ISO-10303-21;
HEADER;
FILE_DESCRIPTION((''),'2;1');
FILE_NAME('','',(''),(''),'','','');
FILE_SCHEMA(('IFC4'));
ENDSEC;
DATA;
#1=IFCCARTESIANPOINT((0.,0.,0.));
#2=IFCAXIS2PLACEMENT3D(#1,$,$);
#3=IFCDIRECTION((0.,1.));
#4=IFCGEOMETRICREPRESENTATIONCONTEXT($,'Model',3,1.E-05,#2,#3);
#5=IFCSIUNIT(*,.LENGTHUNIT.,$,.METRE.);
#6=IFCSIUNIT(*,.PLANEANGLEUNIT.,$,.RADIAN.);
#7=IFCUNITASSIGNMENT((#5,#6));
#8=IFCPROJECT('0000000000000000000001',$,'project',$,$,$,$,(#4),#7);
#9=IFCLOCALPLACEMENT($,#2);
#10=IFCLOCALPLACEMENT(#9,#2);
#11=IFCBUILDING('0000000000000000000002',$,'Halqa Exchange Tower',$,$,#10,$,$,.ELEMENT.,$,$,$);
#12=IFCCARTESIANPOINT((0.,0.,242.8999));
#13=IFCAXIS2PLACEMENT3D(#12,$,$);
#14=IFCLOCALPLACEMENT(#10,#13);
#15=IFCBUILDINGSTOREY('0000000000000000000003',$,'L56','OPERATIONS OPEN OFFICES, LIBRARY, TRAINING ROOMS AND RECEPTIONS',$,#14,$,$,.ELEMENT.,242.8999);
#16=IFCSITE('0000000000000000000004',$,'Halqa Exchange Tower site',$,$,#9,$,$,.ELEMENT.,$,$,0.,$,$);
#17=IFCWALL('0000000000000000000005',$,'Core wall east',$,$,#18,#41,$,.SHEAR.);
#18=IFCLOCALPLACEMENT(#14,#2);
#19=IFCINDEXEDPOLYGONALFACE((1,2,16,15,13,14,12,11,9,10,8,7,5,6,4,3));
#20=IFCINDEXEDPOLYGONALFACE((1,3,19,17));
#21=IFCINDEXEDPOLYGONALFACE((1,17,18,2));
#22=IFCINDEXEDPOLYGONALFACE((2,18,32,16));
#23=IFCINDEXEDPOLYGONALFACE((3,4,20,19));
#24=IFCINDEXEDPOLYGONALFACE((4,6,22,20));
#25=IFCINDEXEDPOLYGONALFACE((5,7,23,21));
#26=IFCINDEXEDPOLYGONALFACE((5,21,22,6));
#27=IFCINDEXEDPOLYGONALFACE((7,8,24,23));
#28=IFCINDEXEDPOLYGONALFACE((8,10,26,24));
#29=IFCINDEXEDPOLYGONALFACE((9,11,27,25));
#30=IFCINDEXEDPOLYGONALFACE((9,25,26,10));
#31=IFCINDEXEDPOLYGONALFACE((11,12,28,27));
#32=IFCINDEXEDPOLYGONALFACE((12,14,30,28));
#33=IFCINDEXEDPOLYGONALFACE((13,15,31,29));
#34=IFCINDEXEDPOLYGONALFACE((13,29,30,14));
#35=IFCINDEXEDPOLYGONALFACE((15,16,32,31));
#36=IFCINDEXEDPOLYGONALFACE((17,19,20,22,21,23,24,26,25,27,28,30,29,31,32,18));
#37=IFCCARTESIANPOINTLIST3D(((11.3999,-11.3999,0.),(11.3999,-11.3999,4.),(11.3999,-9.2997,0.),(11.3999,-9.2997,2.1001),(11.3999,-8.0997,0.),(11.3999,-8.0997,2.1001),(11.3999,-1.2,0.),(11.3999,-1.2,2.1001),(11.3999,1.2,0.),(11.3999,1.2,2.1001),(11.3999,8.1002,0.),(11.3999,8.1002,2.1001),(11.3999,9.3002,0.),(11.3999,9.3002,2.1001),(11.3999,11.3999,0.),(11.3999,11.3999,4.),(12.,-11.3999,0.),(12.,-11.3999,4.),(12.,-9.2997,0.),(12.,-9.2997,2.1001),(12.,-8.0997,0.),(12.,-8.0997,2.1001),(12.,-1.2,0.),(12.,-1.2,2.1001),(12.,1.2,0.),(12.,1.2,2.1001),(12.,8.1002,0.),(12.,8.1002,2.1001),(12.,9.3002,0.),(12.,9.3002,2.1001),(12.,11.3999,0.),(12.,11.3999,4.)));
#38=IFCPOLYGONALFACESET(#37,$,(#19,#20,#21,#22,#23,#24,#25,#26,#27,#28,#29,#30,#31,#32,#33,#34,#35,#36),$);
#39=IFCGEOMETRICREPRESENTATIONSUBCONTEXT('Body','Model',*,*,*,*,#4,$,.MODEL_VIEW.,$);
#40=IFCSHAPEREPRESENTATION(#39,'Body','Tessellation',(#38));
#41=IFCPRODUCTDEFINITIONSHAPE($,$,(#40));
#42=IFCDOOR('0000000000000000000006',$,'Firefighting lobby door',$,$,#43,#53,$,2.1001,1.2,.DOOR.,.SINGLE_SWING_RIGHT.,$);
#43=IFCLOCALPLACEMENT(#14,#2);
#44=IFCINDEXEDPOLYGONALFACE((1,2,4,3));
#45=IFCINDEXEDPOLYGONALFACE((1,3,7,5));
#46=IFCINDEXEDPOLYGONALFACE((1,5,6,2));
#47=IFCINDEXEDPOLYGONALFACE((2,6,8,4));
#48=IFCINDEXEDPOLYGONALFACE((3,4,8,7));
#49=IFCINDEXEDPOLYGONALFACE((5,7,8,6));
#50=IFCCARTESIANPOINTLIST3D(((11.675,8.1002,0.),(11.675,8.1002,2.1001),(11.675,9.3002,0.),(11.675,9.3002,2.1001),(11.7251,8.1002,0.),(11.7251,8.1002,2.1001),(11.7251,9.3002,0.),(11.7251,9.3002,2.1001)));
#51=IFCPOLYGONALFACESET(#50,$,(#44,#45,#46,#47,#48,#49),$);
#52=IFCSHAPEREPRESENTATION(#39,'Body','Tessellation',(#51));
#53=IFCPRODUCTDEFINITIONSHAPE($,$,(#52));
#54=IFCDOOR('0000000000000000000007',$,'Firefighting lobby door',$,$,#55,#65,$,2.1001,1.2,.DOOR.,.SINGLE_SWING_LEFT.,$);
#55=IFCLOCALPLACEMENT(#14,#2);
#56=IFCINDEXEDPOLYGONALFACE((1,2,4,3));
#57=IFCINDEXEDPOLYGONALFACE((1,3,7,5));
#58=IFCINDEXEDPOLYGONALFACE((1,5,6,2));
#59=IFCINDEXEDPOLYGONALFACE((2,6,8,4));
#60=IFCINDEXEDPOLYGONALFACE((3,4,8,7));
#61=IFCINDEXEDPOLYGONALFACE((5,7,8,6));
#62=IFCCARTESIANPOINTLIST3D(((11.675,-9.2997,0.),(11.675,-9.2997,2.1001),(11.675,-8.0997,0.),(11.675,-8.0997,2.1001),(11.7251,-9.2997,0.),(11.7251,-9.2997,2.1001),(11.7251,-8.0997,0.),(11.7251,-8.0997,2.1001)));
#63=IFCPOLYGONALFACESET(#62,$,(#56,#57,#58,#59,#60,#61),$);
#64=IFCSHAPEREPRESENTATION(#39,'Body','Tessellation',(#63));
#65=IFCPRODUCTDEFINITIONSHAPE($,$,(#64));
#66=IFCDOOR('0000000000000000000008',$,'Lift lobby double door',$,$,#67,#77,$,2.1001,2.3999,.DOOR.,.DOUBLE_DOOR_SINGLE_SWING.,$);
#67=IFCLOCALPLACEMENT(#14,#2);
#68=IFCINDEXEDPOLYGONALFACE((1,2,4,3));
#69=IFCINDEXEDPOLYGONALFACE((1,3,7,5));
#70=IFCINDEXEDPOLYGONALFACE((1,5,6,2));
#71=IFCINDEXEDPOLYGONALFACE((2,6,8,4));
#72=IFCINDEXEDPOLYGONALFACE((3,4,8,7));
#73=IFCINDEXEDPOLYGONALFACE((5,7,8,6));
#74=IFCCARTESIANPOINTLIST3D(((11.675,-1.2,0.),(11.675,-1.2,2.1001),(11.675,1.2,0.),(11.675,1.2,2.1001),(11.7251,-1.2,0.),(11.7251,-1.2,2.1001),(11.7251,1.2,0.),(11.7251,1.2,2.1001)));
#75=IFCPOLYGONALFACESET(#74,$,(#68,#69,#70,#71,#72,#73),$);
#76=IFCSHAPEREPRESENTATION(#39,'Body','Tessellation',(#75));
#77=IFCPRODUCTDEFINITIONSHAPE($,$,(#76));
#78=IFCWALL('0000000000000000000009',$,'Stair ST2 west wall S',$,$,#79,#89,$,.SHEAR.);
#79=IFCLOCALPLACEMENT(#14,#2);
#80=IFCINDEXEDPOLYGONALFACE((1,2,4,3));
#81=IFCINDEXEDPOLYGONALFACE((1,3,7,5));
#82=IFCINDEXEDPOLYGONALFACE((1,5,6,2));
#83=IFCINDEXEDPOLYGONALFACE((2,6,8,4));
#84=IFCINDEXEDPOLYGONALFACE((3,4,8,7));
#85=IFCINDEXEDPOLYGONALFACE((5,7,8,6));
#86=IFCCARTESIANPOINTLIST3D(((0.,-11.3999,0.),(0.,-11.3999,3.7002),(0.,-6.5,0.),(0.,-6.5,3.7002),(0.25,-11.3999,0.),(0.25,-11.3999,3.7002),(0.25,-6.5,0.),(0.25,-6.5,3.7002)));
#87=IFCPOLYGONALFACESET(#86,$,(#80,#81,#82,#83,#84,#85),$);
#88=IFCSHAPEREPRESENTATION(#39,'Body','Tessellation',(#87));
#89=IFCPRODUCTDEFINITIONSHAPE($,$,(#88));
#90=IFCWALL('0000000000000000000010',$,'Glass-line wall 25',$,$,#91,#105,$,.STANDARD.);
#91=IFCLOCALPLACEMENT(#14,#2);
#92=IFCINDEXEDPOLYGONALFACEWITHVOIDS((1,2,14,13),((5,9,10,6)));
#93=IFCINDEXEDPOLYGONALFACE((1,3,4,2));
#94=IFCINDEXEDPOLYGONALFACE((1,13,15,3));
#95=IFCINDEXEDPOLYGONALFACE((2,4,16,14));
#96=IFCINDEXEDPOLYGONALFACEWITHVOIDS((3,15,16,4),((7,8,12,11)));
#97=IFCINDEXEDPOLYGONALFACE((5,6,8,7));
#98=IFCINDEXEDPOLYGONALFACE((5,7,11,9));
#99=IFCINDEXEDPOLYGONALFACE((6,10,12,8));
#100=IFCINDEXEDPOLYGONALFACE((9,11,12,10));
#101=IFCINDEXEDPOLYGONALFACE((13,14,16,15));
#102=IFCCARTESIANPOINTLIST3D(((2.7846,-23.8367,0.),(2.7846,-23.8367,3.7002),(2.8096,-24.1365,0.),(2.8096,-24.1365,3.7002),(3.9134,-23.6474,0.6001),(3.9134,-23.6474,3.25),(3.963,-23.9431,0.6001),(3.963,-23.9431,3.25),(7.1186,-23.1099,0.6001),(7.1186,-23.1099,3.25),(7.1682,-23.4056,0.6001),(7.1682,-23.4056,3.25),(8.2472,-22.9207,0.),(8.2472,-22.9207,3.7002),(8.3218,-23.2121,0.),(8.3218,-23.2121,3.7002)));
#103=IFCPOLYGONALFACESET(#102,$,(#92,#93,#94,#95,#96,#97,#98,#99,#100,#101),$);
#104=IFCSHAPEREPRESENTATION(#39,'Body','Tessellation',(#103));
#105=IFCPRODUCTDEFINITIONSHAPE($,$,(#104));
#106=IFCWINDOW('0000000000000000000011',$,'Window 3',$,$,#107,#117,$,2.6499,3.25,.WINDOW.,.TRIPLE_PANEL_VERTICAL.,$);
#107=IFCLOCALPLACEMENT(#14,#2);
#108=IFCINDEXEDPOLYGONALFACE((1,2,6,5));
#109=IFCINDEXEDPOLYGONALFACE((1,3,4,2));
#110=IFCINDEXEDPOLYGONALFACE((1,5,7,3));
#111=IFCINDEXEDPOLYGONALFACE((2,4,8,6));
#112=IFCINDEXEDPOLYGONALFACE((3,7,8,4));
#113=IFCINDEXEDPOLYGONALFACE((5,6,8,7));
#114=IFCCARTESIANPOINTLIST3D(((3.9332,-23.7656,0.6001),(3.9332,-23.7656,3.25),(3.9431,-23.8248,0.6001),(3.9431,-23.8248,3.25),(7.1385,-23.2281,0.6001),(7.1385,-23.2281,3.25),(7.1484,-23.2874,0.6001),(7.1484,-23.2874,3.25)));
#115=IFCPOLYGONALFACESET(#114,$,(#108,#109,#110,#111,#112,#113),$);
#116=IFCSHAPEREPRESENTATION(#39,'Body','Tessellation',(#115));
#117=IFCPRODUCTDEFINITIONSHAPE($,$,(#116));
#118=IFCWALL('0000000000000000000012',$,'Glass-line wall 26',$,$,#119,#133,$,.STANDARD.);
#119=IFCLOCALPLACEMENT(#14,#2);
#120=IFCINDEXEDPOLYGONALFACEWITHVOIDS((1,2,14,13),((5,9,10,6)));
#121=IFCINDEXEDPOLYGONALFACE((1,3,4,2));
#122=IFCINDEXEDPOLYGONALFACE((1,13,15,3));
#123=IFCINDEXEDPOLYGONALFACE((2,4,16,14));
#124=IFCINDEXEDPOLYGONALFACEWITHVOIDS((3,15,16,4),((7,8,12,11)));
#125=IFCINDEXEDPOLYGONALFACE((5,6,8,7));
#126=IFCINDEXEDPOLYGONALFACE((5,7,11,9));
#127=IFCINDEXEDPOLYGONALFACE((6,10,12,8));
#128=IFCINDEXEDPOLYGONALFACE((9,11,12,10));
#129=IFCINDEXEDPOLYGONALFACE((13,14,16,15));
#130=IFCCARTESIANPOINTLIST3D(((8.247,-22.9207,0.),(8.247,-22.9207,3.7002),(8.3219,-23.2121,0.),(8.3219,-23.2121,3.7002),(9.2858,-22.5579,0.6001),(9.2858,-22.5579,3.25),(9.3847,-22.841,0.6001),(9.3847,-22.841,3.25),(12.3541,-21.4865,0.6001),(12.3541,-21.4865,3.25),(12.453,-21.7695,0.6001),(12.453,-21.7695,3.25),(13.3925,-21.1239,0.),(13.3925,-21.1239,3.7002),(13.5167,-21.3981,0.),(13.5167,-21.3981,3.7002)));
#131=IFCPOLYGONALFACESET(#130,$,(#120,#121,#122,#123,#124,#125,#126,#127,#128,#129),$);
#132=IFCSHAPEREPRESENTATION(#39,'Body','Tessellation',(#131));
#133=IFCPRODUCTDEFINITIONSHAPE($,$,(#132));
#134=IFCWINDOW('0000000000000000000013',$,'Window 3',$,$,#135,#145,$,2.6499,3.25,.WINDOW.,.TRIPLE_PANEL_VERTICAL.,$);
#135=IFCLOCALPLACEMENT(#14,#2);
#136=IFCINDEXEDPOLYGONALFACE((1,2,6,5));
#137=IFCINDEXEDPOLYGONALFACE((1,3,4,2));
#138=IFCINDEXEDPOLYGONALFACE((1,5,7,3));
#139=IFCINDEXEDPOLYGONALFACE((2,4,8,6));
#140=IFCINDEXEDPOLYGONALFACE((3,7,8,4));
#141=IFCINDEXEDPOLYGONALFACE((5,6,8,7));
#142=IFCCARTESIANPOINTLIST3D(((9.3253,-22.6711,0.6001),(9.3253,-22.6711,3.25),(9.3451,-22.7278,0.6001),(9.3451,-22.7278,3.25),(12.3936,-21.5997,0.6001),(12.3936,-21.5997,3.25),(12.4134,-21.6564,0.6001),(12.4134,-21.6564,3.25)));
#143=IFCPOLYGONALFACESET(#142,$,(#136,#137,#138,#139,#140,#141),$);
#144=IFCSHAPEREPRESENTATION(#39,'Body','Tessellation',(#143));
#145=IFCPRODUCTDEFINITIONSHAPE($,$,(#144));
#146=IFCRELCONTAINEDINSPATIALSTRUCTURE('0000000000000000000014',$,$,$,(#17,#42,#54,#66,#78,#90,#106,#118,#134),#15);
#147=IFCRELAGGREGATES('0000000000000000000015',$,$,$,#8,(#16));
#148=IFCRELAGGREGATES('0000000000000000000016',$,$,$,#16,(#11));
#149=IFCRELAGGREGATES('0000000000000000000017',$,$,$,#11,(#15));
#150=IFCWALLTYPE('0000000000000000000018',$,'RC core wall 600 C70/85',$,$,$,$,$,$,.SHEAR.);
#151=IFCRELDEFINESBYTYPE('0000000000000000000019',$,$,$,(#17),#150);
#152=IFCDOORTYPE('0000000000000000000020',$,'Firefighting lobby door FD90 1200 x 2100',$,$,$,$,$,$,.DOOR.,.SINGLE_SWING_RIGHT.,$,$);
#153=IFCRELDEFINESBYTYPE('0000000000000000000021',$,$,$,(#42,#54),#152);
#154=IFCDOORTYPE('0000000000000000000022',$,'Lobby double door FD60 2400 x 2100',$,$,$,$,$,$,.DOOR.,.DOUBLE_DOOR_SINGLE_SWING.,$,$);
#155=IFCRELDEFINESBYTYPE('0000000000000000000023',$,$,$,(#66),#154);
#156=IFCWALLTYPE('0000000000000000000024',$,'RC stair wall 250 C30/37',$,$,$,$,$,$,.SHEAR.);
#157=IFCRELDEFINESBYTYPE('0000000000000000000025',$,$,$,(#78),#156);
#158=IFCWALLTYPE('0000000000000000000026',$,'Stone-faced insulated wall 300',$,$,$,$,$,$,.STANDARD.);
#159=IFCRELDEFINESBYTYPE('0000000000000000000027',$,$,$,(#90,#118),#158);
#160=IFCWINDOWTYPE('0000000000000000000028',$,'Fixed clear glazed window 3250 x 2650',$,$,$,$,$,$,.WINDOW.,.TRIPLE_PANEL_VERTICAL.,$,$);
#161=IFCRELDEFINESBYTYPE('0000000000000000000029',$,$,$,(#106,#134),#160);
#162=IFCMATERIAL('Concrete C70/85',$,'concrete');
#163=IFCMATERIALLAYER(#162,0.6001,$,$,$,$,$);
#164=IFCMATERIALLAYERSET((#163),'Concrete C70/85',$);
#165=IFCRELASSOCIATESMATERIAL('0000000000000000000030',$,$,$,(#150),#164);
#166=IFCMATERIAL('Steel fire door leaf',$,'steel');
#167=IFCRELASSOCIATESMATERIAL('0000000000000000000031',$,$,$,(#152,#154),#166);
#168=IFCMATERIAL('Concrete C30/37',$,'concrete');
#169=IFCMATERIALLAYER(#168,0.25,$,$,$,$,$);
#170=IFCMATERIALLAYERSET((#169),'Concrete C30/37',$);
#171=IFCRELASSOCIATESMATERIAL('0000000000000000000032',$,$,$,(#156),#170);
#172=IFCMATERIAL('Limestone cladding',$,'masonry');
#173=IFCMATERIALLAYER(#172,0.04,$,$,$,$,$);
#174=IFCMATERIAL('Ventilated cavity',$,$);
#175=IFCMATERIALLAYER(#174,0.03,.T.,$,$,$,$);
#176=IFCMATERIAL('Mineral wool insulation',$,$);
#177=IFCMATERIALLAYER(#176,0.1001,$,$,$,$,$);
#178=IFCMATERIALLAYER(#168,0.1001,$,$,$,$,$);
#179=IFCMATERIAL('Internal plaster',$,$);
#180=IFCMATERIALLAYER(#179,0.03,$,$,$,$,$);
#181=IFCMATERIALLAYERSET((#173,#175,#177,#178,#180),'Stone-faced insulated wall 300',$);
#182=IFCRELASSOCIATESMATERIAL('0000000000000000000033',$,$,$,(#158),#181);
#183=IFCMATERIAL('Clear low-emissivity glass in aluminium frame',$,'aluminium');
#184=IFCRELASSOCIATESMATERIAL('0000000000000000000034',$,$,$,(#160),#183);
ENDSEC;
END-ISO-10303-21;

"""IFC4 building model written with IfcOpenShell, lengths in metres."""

from ifc_helpers import new_model, si_unit, direction, frame, frame_2d, origin, place, context, subcontext, project, spatial, polyline, rectangle, outline, extrude, material, layer, layer_set, type_object, element, fill, save


model = new_model("IFC4")

# Units and contexts
model_context = context("Model", 3, precision=1e-05, world=origin(), true_north=direction((0.0, 1.0)))
body_context = subcontext(model_context, "Body", "Model", "MODEL_VIEW")
ifc_project = project(units=[si_unit("LENGTHUNIT", "METRE"), si_unit("PLANEANGLEUNIT", "RADIAN")], contexts=[model_context])

# Site, building, storey
site_placement = place(None, origin())
site = spatial("IfcSite", under=ifc_project, at=site_placement, Name="Halqa Exchange Tower site", CompositionType="ELEMENT", RefElevation=0.0)
building_placement = place(site_placement, origin())
building = spatial("IfcBuilding", under=site, at=building_placement, Name="Halqa Exchange Tower", CompositionType="ELEMENT")
storey_placement = place(building_placement, frame((0.0, 0.0, 242.8999)))
storey = spatial("IfcBuildingStorey", under=building, at=storey_placement, Name="L56", Description="OPERATIONS OPEN OFFICES, LIBRARY, TRAINING ROOMS AND RECEPTIONS", CompositionType="ELEMENT", Elevation=242.8999)

# Wall, openings, doors
ifc_material_1 = material(Name="Concrete C70/85", Category="concrete")
ifc_layer_1 = layer(ifc_material_1, 0.6001)
ifc_layer_set_1 = layer_set([ifc_layer_1], Name="Concrete C70/85")
wall_type_1 = type_object("IfcWallType", Name="RC core wall 600 C70/85", PredefinedType="SHEAR", material=ifc_layer_set_1)
wall_1_placement = place(storey_placement, frame((11.7, -11.3999, 0.0), z_axis=(0.0, 0.0, 1.0), x_axis=(0.0, 1.0, 0.0)))
wall_1 = element("IfcWall", 1, at=wall_1_placement, inside=storey, type_object=wall_type_1, Name="Core wall east", PredefinedType="SHEAR", context=body_context, shape_type="SweptSolid", body=[
    extrude(rectangle(XDim=22.7998, YDim=0.6001, at=frame_2d((11.3999, 0.0))), origin(), (0.0, 0.0, 1.0), 4.0),
])
opening_1_placement = place(wall_1_placement, frame((10.2, 0.0, 0.0)))
opening_1 = element("IfcOpeningElement", 2, at=opening_1_placement, cuts=wall_1, PredefinedType="OPENING", context=body_context, shape_type="SweptSolid", body=[
    extrude(rectangle(XDim=2.3999, YDim=2.1001, at=frame_2d((1.2, 1.05))), frame((0.0, 0.312, 0.0), z_axis=(0.0, -1.0, 0.0), x_axis=(1.0, 0.0, 0.0)), (0.0, 0.0, 1.0), 0.624),
])
opening_2_placement = place(wall_1_placement, frame((19.5, 0.0, 0.0)))
opening_2 = element("IfcOpeningElement", 3, at=opening_2_placement, cuts=wall_1, PredefinedType="OPENING", context=body_context, shape_type="SweptSolid", body=[
    extrude(rectangle(XDim=1.2, YDim=2.1001, at=frame_2d((0.6001, 1.05))), frame((0.0, 0.312, 0.0), z_axis=(0.0, -1.0, 0.0), x_axis=(1.0, 0.0, 0.0)), (0.0, 0.0, 1.0), 0.624),
])
opening_3_placement = place(wall_1_placement, frame((2.1001, 0.0, 0.0)))
opening_3 = element("IfcOpeningElement", 4, at=opening_3_placement, cuts=wall_1, PredefinedType="OPENING", context=body_context, shape_type="SweptSolid", body=[
    extrude(rectangle(XDim=1.2, YDim=2.1001, at=frame_2d((0.6001, 1.05))), frame((0.0, 0.312, 0.0), z_axis=(0.0, -1.0, 0.0), x_axis=(1.0, 0.0, 0.0)), (0.0, 0.0, 1.0), 0.624),
])
ifc_material_2 = material(Name="Steel fire door leaf", Category="steel")
door_type_1 = type_object("IfcDoorType", Name="Firefighting lobby door FD90 1200 x 2100", OperationType="SINGLE_SWING_RIGHT", PredefinedType="DOOR", material=ifc_material_2)
door_1_placement = place(opening_2_placement, origin())
door_1 = element("IfcDoor", 5, at=door_1_placement, inside=storey, type_object=door_type_1, Name="Firefighting lobby door", OperationType="SINGLE_SWING_RIGHT", OverallHeight=2.1001, OverallWidth=1.2, PredefinedType="DOOR", context=body_context, shape_type="SweptSolid", body=[
    extrude(rectangle(XDim=1.2, YDim=2.1001, at=frame_2d((0.6001, 1.05))), frame((0.0, 0.0249, 0.0), z_axis=(0.0, -1.0, 0.0), x_axis=(1.0, 0.0, 0.0)), (0.0, 0.0, 1.0), 0.05),
])
fill(opening_2, door_1)
door_2_placement = place(opening_3_placement, origin())
door_2 = element("IfcDoor", 6, at=door_2_placement, inside=storey, type_object=door_type_1, Name="Firefighting lobby door", OperationType="SINGLE_SWING_LEFT", OverallHeight=2.1001, OverallWidth=1.2, PredefinedType="DOOR", context=body_context, shape_type="SweptSolid", body=[
    extrude(rectangle(XDim=1.2, YDim=2.1001, at=frame_2d((0.6001, 1.05))), frame((0.0, 0.0249, 0.0), z_axis=(0.0, -1.0, 0.0), x_axis=(1.0, 0.0, 0.0)), (0.0, 0.0, 1.0), 0.05),
])
fill(opening_3, door_2)
door_type_2 = type_object("IfcDoorType", Name="Lobby double door FD60 2400 x 2100", OperationType="DOUBLE_DOOR_SINGLE_SWING", PredefinedType="DOOR", material=ifc_material_2)
door_3_placement = place(opening_1_placement, origin())
door_3 = element("IfcDoor", 7, at=door_3_placement, inside=storey, type_object=door_type_2, Name="Lift lobby double door", OperationType="DOUBLE_DOOR_SINGLE_SWING", OverallHeight=2.1001, OverallWidth=2.3999, PredefinedType="DOOR", context=body_context, shape_type="SweptSolid", body=[
    extrude(rectangle(XDim=2.3999, YDim=2.1001, at=frame_2d((1.2, 1.05))), frame((0.0, 0.0249, 0.0), z_axis=(0.0, -1.0, 0.0), x_axis=(1.0, 0.0, 0.0)), (0.0, 0.0, 1.0), 0.05),
])
fill(opening_1, door_3)

# Wall
ifc_material_3 = material(Name="Concrete C30/37", Category="concrete")
ifc_layer_2 = layer(ifc_material_3, 0.25)
ifc_layer_set_2 = layer_set([ifc_layer_2], Name="Concrete C30/37")
wall_type_2 = type_object("IfcWallType", Name="RC stair wall 250 C30/37", PredefinedType="SHEAR", material=ifc_layer_set_2)
wall_2_placement = place(storey_placement, frame((0.125, -11.3999, 0.0), z_axis=(0.0, 0.0, 1.0), x_axis=(0.0, 1.0, 0.0)))
element("IfcWall", 8, at=wall_2_placement, inside=storey, type_object=wall_type_2, Name="Stair ST2 west wall S", PredefinedType="SHEAR", context=body_context, shape_type="SweptSolid", body=[
    extrude(rectangle(XDim=4.8999, YDim=0.25, at=frame_2d((2.45, 0.0))), origin(), (0.0, 0.0, 1.0), 3.7002),
])

# Walls, openings, windows
ifc_material_4 = material(Name="Limestone cladding", Category="masonry")
ifc_layer_3 = layer(ifc_material_4, 0.04)
ifc_material_5 = material(Name="Ventilated cavity")
ifc_layer_4 = layer(ifc_material_5, 0.03, ventilated=True)
ifc_material_6 = material(Name="Mineral wool insulation")
ifc_layer_5 = layer(ifc_material_6, 0.1001)
ifc_layer_6 = layer(ifc_material_3, 0.1001)
ifc_material_7 = material(Name="Internal plaster")
ifc_layer_7 = layer(ifc_material_7, 0.03)
ifc_layer_set_3 = layer_set([ifc_layer_3, ifc_layer_4, ifc_layer_5, ifc_layer_6, ifc_layer_7], Name="Stone-faced insulated wall 300")
wall_type_3 = type_object("IfcWallType", Name="Stone-faced insulated wall 300", PredefinedType="STANDARD", material=ifc_layer_set_3)
wall_3_placement = place(storey_placement, frame((2.7971, -23.9866, 0.0), z_axis=(0.0, 0.0, 1.0), x_axis=(0.98623, 0.165381, 0.0)))
wall_3 = element("IfcWall", 9, at=wall_3_placement, inside=storey, type_object=wall_type_3, Name="Glass-line wall 25", PredefinedType="STANDARD", context=body_context, shape_type="SweptSolid", body=[
    extrude(outline(polyline([(-0.0125, -0.1499), (5.5767, -0.1499), (5.5513, 0.1499), (0.0125, 0.1499), (-0.0125, -0.1499)])), origin(), (0.0, 0.0, 1.0), 3.7002),
])
opening_4_placement = place(wall_3_placement, frame((1.157, 0.0, 0.6001)))
opening_4 = element("IfcOpeningElement", 10, at=opening_4_placement, cuts=wall_3, PredefinedType="OPENING", context=body_context, shape_type="SweptSolid", body=[
    extrude(rectangle(XDim=3.25, YDim=2.6499, at=frame_2d((1.625, 1.325))), frame((0.0, 0.1621, 0.0), z_axis=(0.0, -1.0, 0.0), x_axis=(1.0, 0.0, 0.0)), (0.0, 0.0, 1.0), 0.324),
])
ifc_material_8 = material(Name="Clear low-emissivity glass in aluminium frame", Category="aluminium")
window_type = type_object("IfcWindowType", Name="Fixed clear glazed window 3250 x 2650", PartitioningType="TRIPLE_PANEL_VERTICAL", PredefinedType="WINDOW", material=ifc_material_8)
window_1_placement = place(opening_4_placement, origin())
window_1 = element("IfcWindow", 11, at=window_1_placement, inside=storey, type_object=window_type, Name="Window 3", OverallHeight=2.6499, OverallWidth=3.25, PartitioningType="TRIPLE_PANEL_VERTICAL", PredefinedType="WINDOW", context=body_context, shape_type="SweptSolid", body=[
    extrude(rectangle(XDim=3.25, YDim=2.6499, at=frame_2d((1.625, 1.325))), frame((0.0, 0.03, 0.0), z_axis=(0.0, -1.0, 0.0), x_axis=(1.0, 0.0, 0.0)), (0.0, 0.0, 1.0), 0.0601),
])
fill(opening_4, window_1)
wall_4_placement = place(storey_placement, frame((8.2844, -23.0664, 0.0), z_axis=(0.0, 0.0, 1.0), x_axis=(0.944094, 0.329677, 0.0)))
wall_4 = element("IfcWall", 12, at=wall_4_placement, inside=storey, type_object=wall_type_3, Name="Glass-line wall 26", PredefinedType="STANDARD", context=body_context, shape_type="SweptSolid", body=[
    extrude(outline(polyline([(-0.0127, -0.1499), (5.4897, -0.1499), (5.4629, 0.1499), (0.0127, 0.1499), (-0.0127, -0.1499)])), origin(), (0.0, 0.0, 1.0), 3.7002),
])
opening_5_placement = place(wall_4_placement, frame((1.113, 0.0, 0.6001)))
opening_5 = element("IfcOpeningElement", 13, at=opening_5_placement, cuts=wall_4, PredefinedType="OPENING", context=body_context, shape_type="SweptSolid", body=[
    extrude(rectangle(XDim=3.25, YDim=2.6499, at=frame_2d((1.625, 1.325))), frame((0.0, 0.1621, 0.0), z_axis=(0.0, -1.0, 0.0), x_axis=(1.0, 0.0, 0.0)), (0.0, 0.0, 1.0), 0.324),
])
window_2_placement = place(opening_5_placement, origin())
window_2 = element("IfcWindow", 14, at=window_2_placement, inside=storey, type_object=window_type, Name="Window 3", OverallHeight=2.6499, OverallWidth=3.25, PartitioningType="TRIPLE_PANEL_VERTICAL", PredefinedType="WINDOW", context=body_context, shape_type="SweptSolid", body=[
    extrude(rectangle(XDim=3.25, YDim=2.6499, at=frame_2d((1.625, 1.325))), frame((0.0, 0.03, 0.0), z_axis=(0.0, -1.0, 0.0), x_axis=(1.0, 0.0, 0.0)), (0.0, 0.0, 1.0), 0.0601),
])
fill(opening_5, window_2)

save(model, "model.ifc")
